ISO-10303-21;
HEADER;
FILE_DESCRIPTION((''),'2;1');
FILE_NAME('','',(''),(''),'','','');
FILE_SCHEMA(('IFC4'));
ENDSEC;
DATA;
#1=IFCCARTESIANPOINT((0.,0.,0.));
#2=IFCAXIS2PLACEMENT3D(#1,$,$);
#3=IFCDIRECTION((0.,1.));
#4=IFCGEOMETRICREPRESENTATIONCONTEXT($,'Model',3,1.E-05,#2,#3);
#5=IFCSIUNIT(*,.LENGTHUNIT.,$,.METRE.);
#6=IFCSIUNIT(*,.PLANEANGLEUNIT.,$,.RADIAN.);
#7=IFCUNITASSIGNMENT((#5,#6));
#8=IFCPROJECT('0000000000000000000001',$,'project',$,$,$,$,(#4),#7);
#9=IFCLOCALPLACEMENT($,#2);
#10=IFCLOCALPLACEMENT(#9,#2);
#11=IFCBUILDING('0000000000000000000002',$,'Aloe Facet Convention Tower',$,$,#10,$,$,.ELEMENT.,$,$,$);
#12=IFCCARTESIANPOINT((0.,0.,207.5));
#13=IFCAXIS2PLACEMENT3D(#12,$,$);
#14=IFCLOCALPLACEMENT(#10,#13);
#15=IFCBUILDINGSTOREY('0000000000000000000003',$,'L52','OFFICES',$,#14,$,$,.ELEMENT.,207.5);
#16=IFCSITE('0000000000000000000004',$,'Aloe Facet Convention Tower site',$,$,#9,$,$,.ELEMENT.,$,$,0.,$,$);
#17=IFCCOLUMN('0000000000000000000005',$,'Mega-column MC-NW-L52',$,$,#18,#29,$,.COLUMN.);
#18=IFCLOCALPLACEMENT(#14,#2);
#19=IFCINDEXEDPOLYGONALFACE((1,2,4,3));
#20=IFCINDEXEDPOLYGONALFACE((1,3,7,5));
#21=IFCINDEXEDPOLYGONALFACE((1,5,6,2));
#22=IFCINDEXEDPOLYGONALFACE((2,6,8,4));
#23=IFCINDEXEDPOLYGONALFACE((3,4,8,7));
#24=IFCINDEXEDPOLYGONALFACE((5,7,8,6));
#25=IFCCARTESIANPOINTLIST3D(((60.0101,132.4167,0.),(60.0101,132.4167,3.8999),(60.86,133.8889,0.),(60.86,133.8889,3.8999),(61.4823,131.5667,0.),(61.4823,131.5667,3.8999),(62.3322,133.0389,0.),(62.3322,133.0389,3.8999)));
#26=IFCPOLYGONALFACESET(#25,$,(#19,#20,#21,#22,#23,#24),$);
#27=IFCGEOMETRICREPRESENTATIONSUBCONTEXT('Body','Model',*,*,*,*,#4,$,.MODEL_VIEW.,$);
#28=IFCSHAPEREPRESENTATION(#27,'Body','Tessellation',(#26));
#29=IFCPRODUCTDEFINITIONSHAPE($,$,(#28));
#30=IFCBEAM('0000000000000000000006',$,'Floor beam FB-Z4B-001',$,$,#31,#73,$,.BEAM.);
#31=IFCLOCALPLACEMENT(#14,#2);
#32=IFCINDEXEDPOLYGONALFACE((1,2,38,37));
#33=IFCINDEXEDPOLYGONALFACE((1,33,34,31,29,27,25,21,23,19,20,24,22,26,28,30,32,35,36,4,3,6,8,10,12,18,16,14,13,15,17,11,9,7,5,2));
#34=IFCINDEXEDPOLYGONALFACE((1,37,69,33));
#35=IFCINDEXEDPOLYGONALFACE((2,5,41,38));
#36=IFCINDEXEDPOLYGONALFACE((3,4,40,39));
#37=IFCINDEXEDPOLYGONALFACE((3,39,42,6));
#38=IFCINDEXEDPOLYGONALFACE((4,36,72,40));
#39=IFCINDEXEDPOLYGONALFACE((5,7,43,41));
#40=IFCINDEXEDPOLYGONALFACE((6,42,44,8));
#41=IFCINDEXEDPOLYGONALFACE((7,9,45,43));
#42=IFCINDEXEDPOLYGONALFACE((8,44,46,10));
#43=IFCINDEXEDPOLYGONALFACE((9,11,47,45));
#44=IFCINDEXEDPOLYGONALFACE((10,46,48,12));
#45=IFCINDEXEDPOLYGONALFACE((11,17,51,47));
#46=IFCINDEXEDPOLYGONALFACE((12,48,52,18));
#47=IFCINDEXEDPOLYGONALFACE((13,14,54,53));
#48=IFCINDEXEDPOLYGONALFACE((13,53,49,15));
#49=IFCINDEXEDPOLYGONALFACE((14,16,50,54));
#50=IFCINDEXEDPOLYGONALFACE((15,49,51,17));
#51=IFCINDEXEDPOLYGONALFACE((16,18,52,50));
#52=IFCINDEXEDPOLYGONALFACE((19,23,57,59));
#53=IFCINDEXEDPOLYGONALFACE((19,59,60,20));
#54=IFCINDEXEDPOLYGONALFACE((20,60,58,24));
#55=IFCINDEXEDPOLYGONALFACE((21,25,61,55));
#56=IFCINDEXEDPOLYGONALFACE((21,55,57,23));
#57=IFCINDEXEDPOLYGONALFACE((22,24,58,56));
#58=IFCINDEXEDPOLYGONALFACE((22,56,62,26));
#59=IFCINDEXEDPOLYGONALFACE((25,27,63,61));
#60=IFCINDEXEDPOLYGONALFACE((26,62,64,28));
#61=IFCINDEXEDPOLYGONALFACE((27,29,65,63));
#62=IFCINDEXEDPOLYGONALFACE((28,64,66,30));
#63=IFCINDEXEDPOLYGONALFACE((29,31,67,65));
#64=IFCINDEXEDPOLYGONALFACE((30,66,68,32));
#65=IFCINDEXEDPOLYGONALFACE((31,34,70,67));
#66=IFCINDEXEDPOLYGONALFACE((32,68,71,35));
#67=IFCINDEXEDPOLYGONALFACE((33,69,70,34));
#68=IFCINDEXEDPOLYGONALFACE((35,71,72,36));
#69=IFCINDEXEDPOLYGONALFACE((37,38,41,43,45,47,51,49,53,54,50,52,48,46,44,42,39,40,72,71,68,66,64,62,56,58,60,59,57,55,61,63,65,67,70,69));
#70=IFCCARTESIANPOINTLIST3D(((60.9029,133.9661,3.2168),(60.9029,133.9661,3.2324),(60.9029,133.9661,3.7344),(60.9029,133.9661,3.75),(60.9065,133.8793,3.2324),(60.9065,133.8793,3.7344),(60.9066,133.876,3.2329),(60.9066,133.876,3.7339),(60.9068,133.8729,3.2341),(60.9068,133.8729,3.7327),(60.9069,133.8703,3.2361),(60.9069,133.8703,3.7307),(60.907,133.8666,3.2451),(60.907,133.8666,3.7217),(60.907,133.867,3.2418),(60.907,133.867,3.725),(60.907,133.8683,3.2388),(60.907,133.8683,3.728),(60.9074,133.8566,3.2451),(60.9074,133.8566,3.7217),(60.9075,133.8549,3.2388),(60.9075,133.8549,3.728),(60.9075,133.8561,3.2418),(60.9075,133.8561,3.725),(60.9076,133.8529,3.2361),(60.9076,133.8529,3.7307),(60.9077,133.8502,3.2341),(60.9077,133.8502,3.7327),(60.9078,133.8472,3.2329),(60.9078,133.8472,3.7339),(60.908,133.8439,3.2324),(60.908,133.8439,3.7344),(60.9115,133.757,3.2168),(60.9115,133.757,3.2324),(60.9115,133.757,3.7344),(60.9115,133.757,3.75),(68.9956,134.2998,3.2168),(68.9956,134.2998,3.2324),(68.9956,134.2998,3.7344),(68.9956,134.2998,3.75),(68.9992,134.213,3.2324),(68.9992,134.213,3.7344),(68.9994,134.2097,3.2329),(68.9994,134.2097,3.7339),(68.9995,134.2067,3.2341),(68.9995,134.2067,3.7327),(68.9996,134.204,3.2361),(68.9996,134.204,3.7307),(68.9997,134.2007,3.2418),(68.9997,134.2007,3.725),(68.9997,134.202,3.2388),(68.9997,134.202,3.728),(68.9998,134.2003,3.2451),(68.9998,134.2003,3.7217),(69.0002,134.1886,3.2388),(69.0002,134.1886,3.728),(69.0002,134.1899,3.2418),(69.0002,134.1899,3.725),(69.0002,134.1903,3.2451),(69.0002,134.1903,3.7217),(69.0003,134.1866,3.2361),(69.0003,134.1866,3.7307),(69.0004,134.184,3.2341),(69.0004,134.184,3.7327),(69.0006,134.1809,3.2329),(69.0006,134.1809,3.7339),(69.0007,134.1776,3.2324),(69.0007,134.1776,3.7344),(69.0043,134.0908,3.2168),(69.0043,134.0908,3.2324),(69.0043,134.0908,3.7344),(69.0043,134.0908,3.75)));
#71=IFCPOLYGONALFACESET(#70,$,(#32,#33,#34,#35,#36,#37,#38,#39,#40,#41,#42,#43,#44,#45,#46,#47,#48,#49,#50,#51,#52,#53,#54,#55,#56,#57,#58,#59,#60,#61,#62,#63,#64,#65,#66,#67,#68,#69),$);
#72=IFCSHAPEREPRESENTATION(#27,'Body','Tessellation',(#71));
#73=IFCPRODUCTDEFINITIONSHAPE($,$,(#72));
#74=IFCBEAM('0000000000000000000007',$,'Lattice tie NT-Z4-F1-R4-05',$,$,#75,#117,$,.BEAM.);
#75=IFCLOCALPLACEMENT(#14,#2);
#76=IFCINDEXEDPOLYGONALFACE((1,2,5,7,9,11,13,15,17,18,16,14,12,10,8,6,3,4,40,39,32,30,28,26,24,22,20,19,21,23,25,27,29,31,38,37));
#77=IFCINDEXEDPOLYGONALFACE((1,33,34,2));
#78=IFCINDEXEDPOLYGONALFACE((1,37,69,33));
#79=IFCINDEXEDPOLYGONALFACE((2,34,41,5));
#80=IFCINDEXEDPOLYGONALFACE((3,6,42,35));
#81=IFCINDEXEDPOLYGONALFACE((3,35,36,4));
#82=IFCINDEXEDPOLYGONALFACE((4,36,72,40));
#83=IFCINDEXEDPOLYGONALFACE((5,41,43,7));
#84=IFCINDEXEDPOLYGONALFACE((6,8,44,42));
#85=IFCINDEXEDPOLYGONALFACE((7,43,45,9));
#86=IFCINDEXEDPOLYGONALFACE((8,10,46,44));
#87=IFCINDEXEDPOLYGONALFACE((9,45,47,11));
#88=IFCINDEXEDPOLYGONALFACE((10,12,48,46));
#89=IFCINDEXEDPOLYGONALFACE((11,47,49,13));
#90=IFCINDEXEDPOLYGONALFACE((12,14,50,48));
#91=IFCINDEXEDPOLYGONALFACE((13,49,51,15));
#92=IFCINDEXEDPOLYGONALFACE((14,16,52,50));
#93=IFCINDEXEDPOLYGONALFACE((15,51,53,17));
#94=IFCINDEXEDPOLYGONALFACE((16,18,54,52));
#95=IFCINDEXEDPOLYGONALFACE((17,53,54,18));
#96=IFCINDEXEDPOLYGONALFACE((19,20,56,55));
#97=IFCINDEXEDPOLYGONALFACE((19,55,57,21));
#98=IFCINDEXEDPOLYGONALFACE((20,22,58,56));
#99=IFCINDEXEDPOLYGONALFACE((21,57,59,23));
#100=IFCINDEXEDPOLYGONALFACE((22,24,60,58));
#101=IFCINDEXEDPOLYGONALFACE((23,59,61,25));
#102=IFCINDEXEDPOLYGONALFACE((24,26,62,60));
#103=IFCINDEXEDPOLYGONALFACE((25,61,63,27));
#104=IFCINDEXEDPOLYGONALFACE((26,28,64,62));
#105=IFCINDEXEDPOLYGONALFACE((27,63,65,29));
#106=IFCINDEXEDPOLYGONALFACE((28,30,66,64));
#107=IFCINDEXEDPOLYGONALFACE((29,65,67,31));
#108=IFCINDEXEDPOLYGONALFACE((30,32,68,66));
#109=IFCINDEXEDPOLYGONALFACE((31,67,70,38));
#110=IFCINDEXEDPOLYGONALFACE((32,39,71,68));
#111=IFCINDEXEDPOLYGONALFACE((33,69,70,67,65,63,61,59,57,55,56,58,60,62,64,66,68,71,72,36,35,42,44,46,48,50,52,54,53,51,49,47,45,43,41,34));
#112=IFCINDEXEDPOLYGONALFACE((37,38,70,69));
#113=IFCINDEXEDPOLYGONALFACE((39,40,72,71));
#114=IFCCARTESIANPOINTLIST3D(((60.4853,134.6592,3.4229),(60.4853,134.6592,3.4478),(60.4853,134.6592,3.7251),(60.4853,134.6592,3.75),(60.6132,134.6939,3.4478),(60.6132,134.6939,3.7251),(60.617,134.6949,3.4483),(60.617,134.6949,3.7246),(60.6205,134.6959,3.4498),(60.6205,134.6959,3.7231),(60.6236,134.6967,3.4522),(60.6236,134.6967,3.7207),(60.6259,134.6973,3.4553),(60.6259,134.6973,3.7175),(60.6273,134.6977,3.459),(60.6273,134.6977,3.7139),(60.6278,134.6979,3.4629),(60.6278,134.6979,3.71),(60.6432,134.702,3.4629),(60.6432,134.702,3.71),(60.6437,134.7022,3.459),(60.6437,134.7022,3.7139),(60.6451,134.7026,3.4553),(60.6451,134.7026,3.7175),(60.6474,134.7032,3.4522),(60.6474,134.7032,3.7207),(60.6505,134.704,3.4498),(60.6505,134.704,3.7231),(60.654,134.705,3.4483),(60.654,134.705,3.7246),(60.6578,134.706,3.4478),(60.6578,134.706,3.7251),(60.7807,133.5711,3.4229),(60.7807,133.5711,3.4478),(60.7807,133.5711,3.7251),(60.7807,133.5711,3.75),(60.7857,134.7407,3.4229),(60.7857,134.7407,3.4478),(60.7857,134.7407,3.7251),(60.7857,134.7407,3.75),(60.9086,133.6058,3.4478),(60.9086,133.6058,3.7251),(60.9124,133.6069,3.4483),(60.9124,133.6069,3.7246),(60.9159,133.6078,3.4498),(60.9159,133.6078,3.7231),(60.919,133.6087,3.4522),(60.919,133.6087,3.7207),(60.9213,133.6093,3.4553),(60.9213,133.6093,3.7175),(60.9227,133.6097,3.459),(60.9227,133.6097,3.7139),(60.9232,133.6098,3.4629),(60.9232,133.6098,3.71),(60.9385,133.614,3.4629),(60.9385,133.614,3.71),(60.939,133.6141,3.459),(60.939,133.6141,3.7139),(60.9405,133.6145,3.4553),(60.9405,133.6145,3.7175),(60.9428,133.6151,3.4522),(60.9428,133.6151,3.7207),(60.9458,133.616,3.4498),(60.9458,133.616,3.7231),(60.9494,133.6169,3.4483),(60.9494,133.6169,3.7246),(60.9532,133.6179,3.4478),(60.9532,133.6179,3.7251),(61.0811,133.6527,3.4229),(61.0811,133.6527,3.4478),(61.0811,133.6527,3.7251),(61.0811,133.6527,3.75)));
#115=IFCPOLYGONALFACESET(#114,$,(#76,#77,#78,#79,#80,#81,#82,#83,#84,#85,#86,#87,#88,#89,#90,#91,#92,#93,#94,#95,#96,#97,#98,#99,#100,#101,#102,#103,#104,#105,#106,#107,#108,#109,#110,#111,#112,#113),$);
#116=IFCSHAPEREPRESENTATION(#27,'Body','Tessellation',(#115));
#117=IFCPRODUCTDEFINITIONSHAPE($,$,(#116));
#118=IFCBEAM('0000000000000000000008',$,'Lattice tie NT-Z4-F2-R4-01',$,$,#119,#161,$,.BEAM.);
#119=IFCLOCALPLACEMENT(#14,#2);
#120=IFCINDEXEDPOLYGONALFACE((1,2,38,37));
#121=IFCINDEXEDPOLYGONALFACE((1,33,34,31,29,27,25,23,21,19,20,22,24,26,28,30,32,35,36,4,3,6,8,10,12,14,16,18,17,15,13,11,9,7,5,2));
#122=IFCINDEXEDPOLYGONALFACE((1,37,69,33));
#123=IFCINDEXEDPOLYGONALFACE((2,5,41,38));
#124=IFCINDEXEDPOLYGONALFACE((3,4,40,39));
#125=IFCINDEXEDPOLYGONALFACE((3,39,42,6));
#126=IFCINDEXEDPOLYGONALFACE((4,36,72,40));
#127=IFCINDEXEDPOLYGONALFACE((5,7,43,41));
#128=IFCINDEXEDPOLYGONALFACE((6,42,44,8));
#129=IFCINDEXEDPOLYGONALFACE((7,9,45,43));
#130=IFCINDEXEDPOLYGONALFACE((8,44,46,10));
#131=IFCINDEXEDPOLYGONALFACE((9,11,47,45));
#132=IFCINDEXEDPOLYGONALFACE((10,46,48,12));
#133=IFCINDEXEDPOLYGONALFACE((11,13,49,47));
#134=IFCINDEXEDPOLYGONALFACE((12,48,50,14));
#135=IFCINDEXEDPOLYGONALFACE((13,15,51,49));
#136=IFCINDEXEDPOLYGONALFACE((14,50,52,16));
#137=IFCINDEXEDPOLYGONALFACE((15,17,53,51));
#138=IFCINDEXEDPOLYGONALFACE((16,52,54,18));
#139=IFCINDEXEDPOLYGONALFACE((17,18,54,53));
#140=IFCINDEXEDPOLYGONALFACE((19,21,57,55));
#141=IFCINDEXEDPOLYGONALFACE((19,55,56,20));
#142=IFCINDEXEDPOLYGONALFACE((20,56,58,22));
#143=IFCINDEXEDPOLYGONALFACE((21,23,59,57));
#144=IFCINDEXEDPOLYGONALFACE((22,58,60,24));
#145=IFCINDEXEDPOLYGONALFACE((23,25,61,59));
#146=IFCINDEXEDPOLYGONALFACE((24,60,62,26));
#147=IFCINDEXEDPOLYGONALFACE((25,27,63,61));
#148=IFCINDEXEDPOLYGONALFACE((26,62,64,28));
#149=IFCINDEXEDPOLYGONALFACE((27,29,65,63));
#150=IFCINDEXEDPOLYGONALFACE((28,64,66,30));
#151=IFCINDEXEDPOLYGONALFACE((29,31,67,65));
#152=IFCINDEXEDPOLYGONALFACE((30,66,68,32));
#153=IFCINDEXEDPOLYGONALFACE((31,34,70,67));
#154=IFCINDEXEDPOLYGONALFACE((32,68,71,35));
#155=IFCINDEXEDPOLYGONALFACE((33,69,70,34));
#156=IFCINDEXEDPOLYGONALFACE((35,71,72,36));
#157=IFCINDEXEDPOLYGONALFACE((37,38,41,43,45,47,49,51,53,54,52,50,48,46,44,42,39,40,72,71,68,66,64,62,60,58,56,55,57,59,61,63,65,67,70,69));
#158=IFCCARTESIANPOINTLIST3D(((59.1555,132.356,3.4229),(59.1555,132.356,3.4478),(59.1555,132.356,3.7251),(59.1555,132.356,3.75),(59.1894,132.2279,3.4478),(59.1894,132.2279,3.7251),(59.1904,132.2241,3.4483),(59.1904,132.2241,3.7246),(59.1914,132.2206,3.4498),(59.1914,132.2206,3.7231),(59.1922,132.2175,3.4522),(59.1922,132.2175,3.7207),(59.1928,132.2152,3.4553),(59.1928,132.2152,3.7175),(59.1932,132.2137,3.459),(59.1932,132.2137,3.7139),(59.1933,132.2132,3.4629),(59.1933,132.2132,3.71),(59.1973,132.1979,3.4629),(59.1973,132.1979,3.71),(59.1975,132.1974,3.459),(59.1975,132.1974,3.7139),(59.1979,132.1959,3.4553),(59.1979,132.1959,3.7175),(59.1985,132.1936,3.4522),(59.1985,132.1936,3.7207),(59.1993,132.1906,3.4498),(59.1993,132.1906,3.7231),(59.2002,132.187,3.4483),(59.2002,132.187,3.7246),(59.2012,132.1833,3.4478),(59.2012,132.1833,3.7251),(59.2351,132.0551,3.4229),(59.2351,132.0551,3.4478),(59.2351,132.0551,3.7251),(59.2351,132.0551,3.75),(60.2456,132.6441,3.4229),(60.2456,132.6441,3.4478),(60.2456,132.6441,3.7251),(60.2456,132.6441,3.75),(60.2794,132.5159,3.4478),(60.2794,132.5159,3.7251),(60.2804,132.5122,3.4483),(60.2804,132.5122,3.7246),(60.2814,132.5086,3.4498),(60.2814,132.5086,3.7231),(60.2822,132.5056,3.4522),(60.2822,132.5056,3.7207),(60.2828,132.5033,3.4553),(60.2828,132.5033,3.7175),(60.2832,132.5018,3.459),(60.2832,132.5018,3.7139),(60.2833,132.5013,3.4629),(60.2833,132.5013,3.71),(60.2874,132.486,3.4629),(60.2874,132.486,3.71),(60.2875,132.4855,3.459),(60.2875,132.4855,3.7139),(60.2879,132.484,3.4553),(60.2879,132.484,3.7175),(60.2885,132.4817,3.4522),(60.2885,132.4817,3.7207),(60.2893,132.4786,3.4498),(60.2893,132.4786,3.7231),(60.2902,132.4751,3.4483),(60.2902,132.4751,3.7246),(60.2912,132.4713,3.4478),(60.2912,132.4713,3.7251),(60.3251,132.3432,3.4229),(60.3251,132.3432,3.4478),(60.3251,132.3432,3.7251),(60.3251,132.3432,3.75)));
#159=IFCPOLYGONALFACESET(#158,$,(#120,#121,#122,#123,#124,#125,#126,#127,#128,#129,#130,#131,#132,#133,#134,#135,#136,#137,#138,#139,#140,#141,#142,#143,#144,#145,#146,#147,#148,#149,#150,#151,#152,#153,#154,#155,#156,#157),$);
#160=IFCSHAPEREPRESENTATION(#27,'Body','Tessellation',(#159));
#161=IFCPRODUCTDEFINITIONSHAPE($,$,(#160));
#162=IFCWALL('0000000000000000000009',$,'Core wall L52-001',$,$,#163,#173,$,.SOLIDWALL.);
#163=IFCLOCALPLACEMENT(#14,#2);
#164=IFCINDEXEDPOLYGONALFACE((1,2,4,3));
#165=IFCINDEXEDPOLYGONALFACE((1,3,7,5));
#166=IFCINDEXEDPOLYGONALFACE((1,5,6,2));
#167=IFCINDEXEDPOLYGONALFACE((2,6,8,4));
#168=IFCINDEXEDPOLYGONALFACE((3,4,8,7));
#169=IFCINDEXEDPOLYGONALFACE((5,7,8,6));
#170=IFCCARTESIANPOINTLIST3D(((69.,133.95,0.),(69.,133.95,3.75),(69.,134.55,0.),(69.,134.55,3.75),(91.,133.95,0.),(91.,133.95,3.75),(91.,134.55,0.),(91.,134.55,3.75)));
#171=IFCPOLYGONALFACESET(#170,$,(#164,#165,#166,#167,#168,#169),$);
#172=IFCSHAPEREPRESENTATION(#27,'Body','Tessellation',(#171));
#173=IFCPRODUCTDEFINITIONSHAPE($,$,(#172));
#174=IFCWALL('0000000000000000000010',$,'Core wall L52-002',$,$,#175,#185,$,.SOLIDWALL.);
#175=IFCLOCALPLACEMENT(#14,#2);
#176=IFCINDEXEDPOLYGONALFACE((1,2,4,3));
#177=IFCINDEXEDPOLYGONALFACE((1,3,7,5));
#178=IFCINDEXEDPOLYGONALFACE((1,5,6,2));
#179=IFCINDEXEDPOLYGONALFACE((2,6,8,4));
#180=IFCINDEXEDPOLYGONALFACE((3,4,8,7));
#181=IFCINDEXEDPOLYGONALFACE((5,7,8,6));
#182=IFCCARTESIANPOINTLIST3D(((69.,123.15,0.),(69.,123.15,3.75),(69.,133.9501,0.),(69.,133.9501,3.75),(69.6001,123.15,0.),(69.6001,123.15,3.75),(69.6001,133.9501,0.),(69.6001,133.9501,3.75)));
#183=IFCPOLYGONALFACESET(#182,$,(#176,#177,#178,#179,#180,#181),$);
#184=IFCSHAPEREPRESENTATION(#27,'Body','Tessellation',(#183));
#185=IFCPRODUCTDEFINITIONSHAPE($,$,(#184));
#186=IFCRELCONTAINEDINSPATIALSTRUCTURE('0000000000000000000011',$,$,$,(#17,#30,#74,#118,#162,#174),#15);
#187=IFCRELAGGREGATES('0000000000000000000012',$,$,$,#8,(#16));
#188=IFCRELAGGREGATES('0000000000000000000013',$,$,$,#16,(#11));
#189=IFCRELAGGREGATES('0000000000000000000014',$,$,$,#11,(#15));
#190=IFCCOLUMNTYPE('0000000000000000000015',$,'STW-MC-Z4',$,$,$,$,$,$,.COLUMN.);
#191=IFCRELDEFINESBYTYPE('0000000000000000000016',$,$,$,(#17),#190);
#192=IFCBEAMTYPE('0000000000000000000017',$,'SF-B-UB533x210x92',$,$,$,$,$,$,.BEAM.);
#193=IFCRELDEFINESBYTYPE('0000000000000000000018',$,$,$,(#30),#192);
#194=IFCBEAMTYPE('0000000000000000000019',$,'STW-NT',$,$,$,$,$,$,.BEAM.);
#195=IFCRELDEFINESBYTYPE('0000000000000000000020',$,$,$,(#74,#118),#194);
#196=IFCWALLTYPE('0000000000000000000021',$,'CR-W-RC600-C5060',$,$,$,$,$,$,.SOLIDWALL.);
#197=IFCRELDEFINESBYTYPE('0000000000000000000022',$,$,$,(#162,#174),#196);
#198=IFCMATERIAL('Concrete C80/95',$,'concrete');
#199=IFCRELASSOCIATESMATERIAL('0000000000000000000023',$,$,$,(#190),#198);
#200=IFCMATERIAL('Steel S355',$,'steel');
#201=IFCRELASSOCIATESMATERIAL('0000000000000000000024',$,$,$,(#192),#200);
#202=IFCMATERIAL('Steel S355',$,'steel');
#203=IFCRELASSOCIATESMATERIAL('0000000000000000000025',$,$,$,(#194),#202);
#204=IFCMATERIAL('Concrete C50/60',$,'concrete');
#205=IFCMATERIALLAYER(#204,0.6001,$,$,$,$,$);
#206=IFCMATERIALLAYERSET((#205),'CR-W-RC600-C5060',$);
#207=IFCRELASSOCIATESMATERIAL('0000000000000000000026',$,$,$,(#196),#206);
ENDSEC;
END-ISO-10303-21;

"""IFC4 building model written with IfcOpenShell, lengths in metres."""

from ifc_helpers import new_model, si_unit, direction, frame, frame_2d, origin, origin_2d, place, context, subcontext, project, spatial, rectangle, i_section, extrude, material, layer, layer_set, material_profile, profile_set, type_object, element, save


model = new_model("IFC4")

# Units and contexts
model_context = context("Model", 3, precision=1e-05, world=origin(), true_north=direction((0.0, 1.0)))
body_context = subcontext(model_context, "Body", "Model", "MODEL_VIEW")
ifc_project = project(units=[si_unit("LENGTHUNIT", "METRE"), si_unit("PLANEANGLEUNIT", "RADIAN")], contexts=[model_context])

# Site, building, storey
site_placement = place(None, origin())
site = spatial("IfcSite", under=ifc_project, at=site_placement, Name="Aloe Facet Convention Tower site", CompositionType="ELEMENT", RefElevation=0.0)
building_placement = place(site_placement, origin())
building = spatial("IfcBuilding", under=site, at=building_placement, Name="Aloe Facet Convention Tower", CompositionType="ELEMENT")
storey_placement = place(building_placement, frame((0.0, 0.0, 207.5)))
storey = spatial("IfcBuildingStorey", under=building, at=storey_placement, Name="L52", Description="OFFICES", CompositionType="ELEMENT", Elevation=207.5)

# Column
ifc_material_1 = material(Name="Concrete C80/95", Category="concrete")
ifc_material_profile_1 = material_profile(ifc_material_1, rectangle(XDim=1.7, YDim=1.7, at=origin_2d()), Name="STW-MC-Z4")
ifc_profile_set_1 = profile_set([ifc_material_profile_1], Name="Concrete C80/95")
column_type = type_object("IfcColumnType", Name="STW-MC-Z4", PredefinedType="COLUMN", material=ifc_profile_set_1)
column_placement = place(storey_placement, frame((61.1711, 132.7278, 0.0), z_axis=(0.0, 0.0, 1.0), x_axis=(-0.5, -0.866025, 0.0)))
element("IfcColumn", 1, at=column_placement, inside=storey, type_object=column_type, Name="Mega-column MC-NW-L52", PredefinedType="COLUMN", context=body_context, shape_type="SweptSolid", body=[
    extrude(rectangle(XDim=1.7, YDim=1.7, at=origin_2d()), origin(), (0.0, 0.0, 1.0), 3.8999),
])

# Beams
ifc_material_2 = material(Name="Steel S355", Category="steel")
ifc_material_profile_2 = material_profile(ifc_material_2, i_section(OverallWidth=0.2092, OverallDepth=0.5332, WebThickness=0.01, FlangeThickness=0.0156, FilletRadius=0.0127, at=origin_2d()), Name="UB 533x210x92")
ifc_profile_set_2 = profile_set([ifc_material_profile_2], Name="Steel S355")
beam_type_1 = type_object("IfcBeamType", Name="SF-B-UB533x210x92", PredefinedType="BEAM", material=ifc_profile_set_2)
beam_placement = place(storey_placement, frame((60.9072, 133.8616, 3.4834), z_axis=(0.999151, 0.041204, 0.0), x_axis=(-0.041204, 0.999151, 0.0)))
element("IfcBeam", 2, at=beam_placement, inside=storey, type_object=beam_type_1, Name="Floor beam FB-Z4B-001", PredefinedType="BEAM", context=body_context, shape_type="SweptSolid", body=[
    extrude(i_section(OverallWidth=0.2092, OverallDepth=0.5332, WebThickness=0.01, FlangeThickness=0.0156, FilletRadius=0.0127, at=origin_2d()), origin(), (0.0, 0.0, 1.0), 8.0996),
])
ifc_material_3 = material(Name="Steel S355", Category="steel")
ifc_material_profile_3 = material_profile(ifc_material_3, i_section(OverallWidth=0.3113, OverallDepth=0.3271, WebThickness=0.0159, FlangeThickness=0.0249, FilletRadius=0.0151, at=origin_2d()), Name="UC 305x305x158")
ifc_profile_set_3 = profile_set([ifc_material_profile_3], Name="Steel S355")
beam_type_2 = type_object("IfcBeamType", Name="STW-NT", PredefinedType="BEAM", material=ifc_profile_set_3)
for number, where, z_axis, x_axis, name in (
    (3, (60.6355, 134.7, 3.5864), (0.262, -0.965068, 0.0), (0.965068, 0.262, 0.0), "Lattice tie NT-Z4-F1-R4-05"),
    (4, (59.1953, 132.2056, 3.5864), (0.966808, 0.255506, 0.0), (-0.255506, 0.966808, 0.0), "Lattice tie NT-Z4-F2-R4-01"),
):
    element("IfcBeam", number, at=place(storey_placement, frame(where, z_axis=z_axis, x_axis=x_axis)), inside=storey, type_object=beam_type_2, Name=name, PredefinedType="BEAM", context=body_context, shape_type="SweptSolid", body=[
        extrude(i_section(OverallWidth=0.3113, OverallDepth=0.3271, WebThickness=0.0159, FlangeThickness=0.0249, FilletRadius=0.0151, at=origin_2d()), origin(), (0.0, 0.0, 1.0), 1.1274),
    ])

# Walls
ifc_material_4 = material(Name="Concrete C50/60", Category="concrete")
ifc_layer_1 = layer(ifc_material_4, 0.6001)
ifc_layer_set_1 = layer_set([ifc_layer_1], Name="CR-W-RC600-C5060")
wall_type_1 = type_object("IfcWallType", Name="CR-W-RC600-C5060", PredefinedType="SOLIDWALL", material=ifc_layer_set_1)
wall_1_placement = place(storey_placement, frame((69.0, 134.25, 0.0), z_axis=(0.0, 0.0, 1.0), x_axis=(1.0, 0.0, 0.0)))
element("IfcWall", 5, at=wall_1_placement, inside=storey, type_object=wall_type_1, Name="Core wall L52-001", PredefinedType="SOLIDWALL", context=body_context, shape_type="SweptSolid", body=[
    extrude(rectangle(XDim=22.0, YDim=0.6001, at=frame_2d((11.0, 0.0))), origin(), (0.0, 0.0, 1.0), 3.75),
])
wall_2_placement = place(storey_placement, frame((69.3, 133.95, 0.0), z_axis=(0.0, 0.0, 1.0), x_axis=(0.0, -1.0, 0.0)))
element("IfcWall", 6, at=wall_2_placement, inside=storey, type_object=wall_type_1, Name="Core wall L52-002", PredefinedType="SOLIDWALL", context=body_context, shape_type="SweptSolid", body=[
    extrude(rectangle(XDim=10.8, YDim=0.6001, at=frame_2d((5.3999, 0.0))), origin(), (0.0, 0.0, 1.0), 3.75),
])

save(model, "model.ifc")
